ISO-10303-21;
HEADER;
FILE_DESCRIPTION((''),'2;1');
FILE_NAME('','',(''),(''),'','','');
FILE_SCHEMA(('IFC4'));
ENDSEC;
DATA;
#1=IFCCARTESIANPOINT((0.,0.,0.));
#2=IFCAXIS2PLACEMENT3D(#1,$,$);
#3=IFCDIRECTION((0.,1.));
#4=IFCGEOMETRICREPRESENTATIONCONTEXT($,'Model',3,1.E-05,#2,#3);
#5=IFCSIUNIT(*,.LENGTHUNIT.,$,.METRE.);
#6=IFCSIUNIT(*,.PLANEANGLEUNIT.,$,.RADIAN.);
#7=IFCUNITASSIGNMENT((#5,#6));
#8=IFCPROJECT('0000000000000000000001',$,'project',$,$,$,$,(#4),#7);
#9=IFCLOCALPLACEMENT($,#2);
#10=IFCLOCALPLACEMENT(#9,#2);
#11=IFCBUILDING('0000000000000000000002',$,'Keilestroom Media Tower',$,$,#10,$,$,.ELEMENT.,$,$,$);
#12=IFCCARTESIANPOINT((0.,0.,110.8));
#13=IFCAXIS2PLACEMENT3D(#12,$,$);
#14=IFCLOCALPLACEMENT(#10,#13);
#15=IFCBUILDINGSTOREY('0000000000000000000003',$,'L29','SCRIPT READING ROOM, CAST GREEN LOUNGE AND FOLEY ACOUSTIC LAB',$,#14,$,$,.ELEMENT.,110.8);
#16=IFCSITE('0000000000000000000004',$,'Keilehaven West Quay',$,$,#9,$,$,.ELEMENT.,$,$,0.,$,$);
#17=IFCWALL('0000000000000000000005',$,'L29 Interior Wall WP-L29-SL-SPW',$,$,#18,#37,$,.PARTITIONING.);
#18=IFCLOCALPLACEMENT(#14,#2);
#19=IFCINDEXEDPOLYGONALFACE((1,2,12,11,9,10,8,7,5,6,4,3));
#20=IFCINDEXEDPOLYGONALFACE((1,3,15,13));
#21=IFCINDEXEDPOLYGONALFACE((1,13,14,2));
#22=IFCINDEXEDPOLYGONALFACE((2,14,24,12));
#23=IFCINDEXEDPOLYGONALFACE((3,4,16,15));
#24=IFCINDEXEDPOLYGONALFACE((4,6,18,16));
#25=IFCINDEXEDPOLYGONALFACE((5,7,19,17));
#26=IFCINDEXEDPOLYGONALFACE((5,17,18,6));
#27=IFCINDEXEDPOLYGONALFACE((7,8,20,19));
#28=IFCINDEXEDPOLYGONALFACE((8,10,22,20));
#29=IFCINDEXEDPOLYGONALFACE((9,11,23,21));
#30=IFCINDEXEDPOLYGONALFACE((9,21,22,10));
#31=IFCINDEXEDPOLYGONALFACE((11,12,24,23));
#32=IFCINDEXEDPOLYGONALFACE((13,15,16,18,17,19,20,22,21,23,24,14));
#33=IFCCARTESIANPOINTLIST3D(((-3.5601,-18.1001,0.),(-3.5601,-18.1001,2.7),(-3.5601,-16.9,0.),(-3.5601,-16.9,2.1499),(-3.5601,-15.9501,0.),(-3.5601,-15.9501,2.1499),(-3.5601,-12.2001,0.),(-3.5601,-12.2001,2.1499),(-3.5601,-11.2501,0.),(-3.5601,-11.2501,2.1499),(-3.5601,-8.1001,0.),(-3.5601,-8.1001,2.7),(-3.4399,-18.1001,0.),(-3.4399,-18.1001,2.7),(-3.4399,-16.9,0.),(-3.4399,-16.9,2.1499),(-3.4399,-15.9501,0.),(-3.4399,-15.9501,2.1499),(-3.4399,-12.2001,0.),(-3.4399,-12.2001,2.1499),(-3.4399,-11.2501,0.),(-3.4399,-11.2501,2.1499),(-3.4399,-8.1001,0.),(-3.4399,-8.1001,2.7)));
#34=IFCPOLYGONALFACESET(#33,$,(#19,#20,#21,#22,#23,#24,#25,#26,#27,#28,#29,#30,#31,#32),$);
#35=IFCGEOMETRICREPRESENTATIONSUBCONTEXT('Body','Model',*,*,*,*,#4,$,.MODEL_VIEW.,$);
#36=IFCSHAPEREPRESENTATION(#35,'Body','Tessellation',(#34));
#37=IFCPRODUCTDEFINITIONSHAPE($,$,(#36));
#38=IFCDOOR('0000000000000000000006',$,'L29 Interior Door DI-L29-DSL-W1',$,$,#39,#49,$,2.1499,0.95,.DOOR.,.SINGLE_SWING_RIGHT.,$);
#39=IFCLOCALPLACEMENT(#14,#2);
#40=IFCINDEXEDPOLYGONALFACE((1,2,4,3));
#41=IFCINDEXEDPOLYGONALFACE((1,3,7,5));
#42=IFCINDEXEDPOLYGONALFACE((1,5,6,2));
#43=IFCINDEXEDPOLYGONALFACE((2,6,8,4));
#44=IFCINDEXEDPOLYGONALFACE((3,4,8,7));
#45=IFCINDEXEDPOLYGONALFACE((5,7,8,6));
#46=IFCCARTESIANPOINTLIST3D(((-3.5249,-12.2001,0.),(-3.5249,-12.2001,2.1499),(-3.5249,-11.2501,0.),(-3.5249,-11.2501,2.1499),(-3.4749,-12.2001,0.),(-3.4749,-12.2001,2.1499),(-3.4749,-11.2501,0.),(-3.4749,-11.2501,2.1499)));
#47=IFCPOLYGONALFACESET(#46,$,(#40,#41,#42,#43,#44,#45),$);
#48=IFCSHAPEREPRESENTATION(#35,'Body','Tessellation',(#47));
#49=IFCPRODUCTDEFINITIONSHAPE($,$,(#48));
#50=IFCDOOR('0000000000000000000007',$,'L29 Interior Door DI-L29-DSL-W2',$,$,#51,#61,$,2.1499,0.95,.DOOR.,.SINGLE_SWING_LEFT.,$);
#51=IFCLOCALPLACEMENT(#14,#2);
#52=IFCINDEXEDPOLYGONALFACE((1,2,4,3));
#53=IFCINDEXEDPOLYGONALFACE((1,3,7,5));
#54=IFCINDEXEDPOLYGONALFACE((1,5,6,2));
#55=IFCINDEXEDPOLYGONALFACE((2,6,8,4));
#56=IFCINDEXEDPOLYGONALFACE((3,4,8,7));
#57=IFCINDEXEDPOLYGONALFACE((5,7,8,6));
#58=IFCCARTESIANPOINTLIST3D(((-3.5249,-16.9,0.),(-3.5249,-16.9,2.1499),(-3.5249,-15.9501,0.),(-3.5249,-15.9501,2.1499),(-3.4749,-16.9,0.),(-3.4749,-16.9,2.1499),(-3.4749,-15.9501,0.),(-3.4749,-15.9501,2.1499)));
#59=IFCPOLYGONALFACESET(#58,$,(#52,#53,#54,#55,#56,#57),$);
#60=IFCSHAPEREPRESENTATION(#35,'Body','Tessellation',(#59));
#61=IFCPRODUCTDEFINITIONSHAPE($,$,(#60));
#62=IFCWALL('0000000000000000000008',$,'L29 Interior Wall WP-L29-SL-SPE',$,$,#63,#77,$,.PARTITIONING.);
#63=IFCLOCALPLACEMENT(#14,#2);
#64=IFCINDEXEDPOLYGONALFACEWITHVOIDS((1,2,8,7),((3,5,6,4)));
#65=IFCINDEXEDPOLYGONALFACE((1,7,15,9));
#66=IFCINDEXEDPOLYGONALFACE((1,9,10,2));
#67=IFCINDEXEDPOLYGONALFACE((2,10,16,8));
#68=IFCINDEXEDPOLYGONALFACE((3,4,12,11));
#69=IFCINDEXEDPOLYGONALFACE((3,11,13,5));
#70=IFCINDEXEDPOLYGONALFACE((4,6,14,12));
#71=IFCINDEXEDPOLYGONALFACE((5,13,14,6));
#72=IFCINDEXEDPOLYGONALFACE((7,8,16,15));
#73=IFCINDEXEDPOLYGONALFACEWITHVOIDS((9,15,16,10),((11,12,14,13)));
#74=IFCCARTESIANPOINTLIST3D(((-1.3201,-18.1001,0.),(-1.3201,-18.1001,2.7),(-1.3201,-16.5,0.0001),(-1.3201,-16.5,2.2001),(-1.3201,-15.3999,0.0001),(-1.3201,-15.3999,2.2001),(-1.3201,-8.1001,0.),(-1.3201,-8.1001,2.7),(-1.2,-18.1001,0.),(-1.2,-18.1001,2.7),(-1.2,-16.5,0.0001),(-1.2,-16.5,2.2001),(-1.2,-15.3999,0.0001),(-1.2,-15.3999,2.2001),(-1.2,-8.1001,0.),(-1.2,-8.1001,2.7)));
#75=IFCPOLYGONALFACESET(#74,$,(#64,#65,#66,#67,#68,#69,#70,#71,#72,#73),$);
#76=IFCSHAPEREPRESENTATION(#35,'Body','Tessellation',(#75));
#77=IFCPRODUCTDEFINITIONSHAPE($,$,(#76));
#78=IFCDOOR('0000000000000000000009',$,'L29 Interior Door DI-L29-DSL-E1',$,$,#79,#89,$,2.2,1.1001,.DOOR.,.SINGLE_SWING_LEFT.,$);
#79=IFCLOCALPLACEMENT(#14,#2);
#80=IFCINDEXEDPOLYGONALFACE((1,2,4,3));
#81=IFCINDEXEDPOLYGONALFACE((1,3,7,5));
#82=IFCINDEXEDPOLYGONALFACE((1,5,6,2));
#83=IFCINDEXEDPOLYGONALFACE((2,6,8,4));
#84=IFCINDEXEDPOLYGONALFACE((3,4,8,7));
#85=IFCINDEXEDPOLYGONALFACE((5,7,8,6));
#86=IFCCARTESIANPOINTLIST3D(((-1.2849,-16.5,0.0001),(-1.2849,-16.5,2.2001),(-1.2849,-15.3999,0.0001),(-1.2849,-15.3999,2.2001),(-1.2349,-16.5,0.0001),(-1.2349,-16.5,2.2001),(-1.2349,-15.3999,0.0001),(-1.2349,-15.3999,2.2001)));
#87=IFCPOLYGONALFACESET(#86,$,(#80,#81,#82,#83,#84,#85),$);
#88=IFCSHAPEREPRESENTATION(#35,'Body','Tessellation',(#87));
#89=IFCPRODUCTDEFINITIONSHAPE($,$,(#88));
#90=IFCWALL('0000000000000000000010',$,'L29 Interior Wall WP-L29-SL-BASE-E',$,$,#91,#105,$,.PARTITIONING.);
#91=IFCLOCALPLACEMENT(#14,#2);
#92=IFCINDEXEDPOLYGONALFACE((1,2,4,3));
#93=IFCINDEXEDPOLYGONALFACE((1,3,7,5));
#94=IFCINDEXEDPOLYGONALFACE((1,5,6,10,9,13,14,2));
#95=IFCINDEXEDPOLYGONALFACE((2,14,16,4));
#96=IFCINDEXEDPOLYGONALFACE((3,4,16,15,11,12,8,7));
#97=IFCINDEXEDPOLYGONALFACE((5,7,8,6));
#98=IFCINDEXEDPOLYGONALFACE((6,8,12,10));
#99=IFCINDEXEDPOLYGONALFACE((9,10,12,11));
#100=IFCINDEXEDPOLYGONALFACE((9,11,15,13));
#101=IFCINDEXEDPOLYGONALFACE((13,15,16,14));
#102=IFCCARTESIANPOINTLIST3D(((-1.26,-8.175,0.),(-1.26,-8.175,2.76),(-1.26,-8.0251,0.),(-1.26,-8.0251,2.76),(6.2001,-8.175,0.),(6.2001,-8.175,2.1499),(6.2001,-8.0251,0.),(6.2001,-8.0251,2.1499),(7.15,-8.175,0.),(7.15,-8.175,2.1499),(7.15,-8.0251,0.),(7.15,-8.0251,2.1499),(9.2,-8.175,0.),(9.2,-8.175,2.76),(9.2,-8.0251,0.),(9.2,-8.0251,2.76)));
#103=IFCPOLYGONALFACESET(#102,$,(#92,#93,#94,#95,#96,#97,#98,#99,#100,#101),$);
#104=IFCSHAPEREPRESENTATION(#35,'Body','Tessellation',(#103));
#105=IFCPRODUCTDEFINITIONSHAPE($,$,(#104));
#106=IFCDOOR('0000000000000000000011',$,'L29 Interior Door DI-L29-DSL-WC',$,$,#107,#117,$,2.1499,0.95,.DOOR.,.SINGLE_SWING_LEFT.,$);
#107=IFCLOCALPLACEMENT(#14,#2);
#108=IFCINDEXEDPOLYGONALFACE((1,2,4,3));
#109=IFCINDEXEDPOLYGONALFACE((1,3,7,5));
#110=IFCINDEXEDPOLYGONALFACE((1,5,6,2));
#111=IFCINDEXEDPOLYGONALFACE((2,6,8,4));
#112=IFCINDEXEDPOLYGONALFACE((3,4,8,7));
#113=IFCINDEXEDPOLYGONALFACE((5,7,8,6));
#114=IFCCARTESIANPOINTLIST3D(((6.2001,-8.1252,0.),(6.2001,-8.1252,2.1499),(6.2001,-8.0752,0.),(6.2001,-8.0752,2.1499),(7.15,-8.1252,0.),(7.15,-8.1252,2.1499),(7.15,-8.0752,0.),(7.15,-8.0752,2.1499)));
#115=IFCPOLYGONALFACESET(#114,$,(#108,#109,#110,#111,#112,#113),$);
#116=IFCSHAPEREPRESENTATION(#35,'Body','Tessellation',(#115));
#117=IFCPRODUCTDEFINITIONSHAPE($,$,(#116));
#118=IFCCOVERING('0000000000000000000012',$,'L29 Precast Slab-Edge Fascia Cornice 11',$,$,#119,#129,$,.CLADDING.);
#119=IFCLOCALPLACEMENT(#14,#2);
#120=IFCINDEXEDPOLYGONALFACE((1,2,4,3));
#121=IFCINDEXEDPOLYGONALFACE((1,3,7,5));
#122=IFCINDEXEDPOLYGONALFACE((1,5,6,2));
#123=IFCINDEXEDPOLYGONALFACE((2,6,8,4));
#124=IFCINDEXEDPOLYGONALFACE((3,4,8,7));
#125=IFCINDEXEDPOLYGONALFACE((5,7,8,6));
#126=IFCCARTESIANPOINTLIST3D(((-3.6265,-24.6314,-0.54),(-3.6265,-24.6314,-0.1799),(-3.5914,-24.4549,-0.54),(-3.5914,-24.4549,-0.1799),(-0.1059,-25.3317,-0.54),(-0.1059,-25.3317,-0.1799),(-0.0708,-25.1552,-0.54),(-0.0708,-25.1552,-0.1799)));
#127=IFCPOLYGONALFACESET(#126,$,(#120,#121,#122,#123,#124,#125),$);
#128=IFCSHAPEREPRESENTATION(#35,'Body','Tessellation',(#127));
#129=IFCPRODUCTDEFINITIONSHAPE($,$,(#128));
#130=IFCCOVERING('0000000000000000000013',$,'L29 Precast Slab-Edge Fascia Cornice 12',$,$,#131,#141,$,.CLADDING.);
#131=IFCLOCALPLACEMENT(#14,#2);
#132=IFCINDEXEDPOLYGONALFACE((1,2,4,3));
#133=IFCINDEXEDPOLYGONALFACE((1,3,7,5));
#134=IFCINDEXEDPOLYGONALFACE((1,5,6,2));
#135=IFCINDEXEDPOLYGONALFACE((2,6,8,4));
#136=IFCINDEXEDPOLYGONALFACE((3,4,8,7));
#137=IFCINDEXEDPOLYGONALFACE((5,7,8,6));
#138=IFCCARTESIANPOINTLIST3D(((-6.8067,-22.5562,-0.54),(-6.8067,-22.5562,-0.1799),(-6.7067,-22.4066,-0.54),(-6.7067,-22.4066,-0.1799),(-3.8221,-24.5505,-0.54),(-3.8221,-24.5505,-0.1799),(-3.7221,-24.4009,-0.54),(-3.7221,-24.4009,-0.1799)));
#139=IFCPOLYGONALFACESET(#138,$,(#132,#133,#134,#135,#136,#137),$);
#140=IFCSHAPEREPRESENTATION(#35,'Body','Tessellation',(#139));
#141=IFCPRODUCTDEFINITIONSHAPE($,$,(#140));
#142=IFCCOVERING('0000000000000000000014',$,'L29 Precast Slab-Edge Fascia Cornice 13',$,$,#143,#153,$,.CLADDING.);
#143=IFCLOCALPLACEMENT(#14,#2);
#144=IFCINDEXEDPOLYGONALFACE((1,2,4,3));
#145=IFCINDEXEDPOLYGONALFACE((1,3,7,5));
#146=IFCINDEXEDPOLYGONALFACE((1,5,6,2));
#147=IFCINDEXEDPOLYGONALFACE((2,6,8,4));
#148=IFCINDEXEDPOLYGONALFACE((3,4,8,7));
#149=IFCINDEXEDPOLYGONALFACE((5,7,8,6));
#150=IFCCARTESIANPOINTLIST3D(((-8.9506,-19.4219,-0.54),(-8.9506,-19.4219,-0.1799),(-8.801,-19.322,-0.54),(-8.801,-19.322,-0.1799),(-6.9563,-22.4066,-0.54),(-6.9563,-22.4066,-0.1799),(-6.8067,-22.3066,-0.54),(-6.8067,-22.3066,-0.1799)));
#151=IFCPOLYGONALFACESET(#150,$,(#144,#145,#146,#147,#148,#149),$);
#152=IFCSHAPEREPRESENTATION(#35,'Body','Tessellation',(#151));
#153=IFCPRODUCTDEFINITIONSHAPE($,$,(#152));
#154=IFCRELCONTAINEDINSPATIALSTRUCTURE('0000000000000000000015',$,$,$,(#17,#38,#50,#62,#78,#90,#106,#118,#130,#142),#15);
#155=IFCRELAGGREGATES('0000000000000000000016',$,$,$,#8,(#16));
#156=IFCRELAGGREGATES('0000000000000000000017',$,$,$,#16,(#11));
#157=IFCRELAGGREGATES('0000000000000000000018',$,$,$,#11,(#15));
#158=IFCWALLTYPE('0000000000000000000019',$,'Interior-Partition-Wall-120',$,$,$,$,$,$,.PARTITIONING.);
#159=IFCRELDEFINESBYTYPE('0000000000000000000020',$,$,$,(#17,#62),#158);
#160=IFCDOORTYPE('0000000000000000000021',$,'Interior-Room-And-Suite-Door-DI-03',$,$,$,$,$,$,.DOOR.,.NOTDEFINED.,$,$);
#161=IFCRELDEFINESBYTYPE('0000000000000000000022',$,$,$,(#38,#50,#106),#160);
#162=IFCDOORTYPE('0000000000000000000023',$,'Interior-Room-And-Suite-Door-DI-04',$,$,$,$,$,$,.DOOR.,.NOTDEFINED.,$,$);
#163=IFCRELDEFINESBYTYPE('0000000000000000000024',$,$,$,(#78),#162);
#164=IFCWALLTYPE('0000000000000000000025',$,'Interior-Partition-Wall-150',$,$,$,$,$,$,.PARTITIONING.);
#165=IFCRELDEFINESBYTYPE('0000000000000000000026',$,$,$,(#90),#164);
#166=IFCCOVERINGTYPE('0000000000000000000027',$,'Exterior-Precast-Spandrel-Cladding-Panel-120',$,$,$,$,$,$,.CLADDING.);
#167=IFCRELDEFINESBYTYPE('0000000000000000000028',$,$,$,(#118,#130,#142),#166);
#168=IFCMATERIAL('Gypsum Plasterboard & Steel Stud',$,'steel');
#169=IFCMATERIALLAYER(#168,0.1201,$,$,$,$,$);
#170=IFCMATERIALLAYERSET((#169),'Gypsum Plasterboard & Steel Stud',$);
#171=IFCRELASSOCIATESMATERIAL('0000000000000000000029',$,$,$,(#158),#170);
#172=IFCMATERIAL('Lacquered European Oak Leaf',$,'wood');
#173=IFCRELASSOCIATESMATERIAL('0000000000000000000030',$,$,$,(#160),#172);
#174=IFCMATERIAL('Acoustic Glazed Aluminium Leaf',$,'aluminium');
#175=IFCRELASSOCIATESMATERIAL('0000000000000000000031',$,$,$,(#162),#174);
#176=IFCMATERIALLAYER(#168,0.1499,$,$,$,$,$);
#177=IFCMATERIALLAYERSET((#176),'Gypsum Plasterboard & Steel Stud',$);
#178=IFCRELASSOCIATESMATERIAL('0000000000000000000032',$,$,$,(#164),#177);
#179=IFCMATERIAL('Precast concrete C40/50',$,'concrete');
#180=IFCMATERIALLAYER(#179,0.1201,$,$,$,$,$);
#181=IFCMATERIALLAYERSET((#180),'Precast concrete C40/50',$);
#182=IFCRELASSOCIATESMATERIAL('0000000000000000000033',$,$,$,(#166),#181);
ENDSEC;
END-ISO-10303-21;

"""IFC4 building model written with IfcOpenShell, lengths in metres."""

from ifc_helpers import new_model, si_unit, direction, frame, frame_2d, origin, origin_2d, place, context, subcontext, project, spatial, rectangle, extrude, source, transform, mapped, material, layer, layer_set, type_object, element, fill, save


model = new_model("IFC4")

# Units and contexts
model_context = context("Model", 3, precision=1e-05, world=origin(), true_north=direction((0.0, 1.0)))
body_context = subcontext(model_context, "Body", "Model", "MODEL_VIEW")
ifc_project = project(units=[si_unit("LENGTHUNIT", "METRE"), si_unit("PLANEANGLEUNIT", "RADIAN")], contexts=[model_context])

# Site, building, storey
site_placement = place(None, origin())
site = spatial("IfcSite", under=ifc_project, at=site_placement, Name="Keilehaven West Quay", CompositionType="ELEMENT", RefElevation=0.0)
building_placement = place(site_placement, origin())
building = spatial("IfcBuilding", under=site, at=building_placement, Name="Keilestroom Media Tower", CompositionType="ELEMENT")
storey_placement = place(building_placement, frame((0.0, 0.0, 110.8)))
storey = spatial("IfcBuildingStorey", under=building, at=storey_placement, Name="L29", Description="SCRIPT READING ROOM, CAST GREEN LOUNGE AND FOLEY ACOUSTIC LAB", CompositionType="ELEMENT", Elevation=110.8)

# Shared definitions
ifc_material_1 = material(Name="Precast concrete C40/50", Category="concrete")

# Wall, openings, doors
ifc_material_2 = material(Name="Gypsum Plasterboard & Steel Stud", Category="steel")
ifc_layer_1 = layer(ifc_material_2, 0.1201)
ifc_layer_set_1 = layer_set([ifc_layer_1], Name="Gypsum Plasterboard & Steel Stud")
wall_type_1 = type_object("IfcWallType", Name="Interior-Partition-Wall-120", PredefinedType="PARTITIONING", material=ifc_layer_set_1)
wall_1_placement = place(storey_placement, frame((-3.5, -18.1001, 0.0), z_axis=(0.0, 0.0, 1.0), x_axis=(0.0, 1.0, 0.0)))
wall_1 = element("IfcWall", 1, at=wall_1_placement, inside=storey, type_object=wall_type_1, Name="L29 Interior Wall WP-L29-SL-SPW", PredefinedType="PARTITIONING", context=body_context, shape_type="SweptSolid", body=[
    extrude(rectangle(XDim=10.0, YDim=0.1201, at=frame_2d((5.0, 0.0))), origin(), (0.0, 0.0, 1.0), 2.7),
])
opening_1_placement = place(wall_1_placement, frame((5.8999, 0.0, 0.0)))
opening_1 = element("IfcOpeningElement", 2, at=opening_1_placement, cuts=wall_1, PredefinedType="OPENING", context=body_context, shape_type="SweptSolid", body=[
    extrude(rectangle(XDim=0.95, YDim=2.1499, at=frame_2d((0.4751, 1.075))), frame((0.0, 0.0701, 0.0), z_axis=(0.0, -1.0, 0.0), x_axis=(1.0, 0.0, 0.0)), (0.0, 0.0, 1.0), 0.1401),
])
opening_2_placement = place(wall_1_placement, frame((1.2, 0.0, 0.0)))
opening_2 = element("IfcOpeningElement", 3, at=opening_2_placement, cuts=wall_1, PredefinedType="OPENING", context=body_context, shape_type="SweptSolid", body=[
    extrude(rectangle(XDim=0.95, YDim=2.1499, at=frame_2d((0.4751, 1.075))), frame((0.0, 0.0701, 0.0), z_axis=(0.0, -1.0, 0.0), x_axis=(1.0, 0.0, 0.0)), (0.0, 0.0, 1.0), 0.1401),
])
ifc_material_3 = material(Name="Lacquered European Oak Leaf", Category="wood")
door_type_1 = type_object("IfcDoorType", Name="Interior-Room-And-Suite-Door-DI-03", OperationType="NOTDEFINED", PredefinedType="DOOR", material=ifc_material_3)
shared_shape_1 = source(origin(), body_context, "Body", "SweptSolid", [
    extrude(rectangle(XDim=0.95, YDim=2.1499, at=frame_2d((0.4751, 1.075))), frame((0.0, 0.0249, 0.0), z_axis=(0.0, -1.0, 0.0), x_axis=(1.0, 0.0, 0.0)), (0.0, 0.0, 1.0), 0.05),
])
door_1_placement = place(opening_1_placement, origin())
door_1 = element("IfcDoor", 4, at=door_1_placement, inside=storey, type_object=door_type_1, Name="L29 Interior Door DI-L29-DSL-W1", OperationType="SINGLE_SWING_RIGHT", OverallHeight=2.1499, OverallWidth=0.95, PredefinedType="DOOR", context=body_context, shape_type="MappedRepresentation", body=[
    mapped(shared_shape_1, transform((0.0, 0.0, 0.0), x_axis=(1.0, 0.0, 0.0), y_axis=(0.0, 1.0, 0.0), z_axis=(0.0, 0.0, 1.0), scale=1.0)),
])
fill(opening_1, door_1)
door_2_placement = place(opening_2_placement, origin())
door_2 = element("IfcDoor", 5, at=door_2_placement, inside=storey, type_object=door_type_1, Name="L29 Interior Door DI-L29-DSL-W2", OperationType="SINGLE_SWING_LEFT", OverallHeight=2.1499, OverallWidth=0.95, PredefinedType="DOOR", context=body_context, shape_type="MappedRepresentation", body=[
    mapped(shared_shape_1, transform((0.0, 0.0, 0.0), x_axis=(1.0, 0.0, 0.0), y_axis=(0.0, 1.0, 0.0), z_axis=(0.0, 0.0, 1.0), scale=1.0)),
])
fill(opening_2, door_2)

# Walls, openings, doors
wall_2_placement = place(storey_placement, frame((-1.26, -18.1001, 0.0), z_axis=(0.0, 0.0, 1.0), x_axis=(0.0, 1.0, 0.0)))
wall_2 = element("IfcWall", 6, at=wall_2_placement, inside=storey, type_object=wall_type_1, Name="L29 Interior Wall WP-L29-SL-SPE", PredefinedType="PARTITIONING", context=body_context, shape_type="SweptSolid", body=[
    extrude(rectangle(XDim=10.0, YDim=0.1201, at=frame_2d((5.0, 0.0))), origin(), (0.0, 0.0, 1.0), 2.7),
])
opening_3_placement = place(wall_2_placement, frame((1.6001, 0.0, 0.0)))
opening_3 = element("IfcOpeningElement", 7, at=opening_3_placement, cuts=wall_2, PredefinedType="OPENING", context=body_context, shape_type="SweptSolid", body=[
    extrude(rectangle(XDim=1.1001, YDim=2.2, at=frame_2d((0.55, 1.1001))), frame((0.0, 0.0701, 0.0), z_axis=(0.0, -1.0, 0.0), x_axis=(1.0, 0.0, 0.0)), (0.0, 0.0, 1.0), 0.1401),
])
ifc_material_4 = material(Name="Acoustic Glazed Aluminium Leaf", Category="aluminium")
door_type_2 = type_object("IfcDoorType", Name="Interior-Room-And-Suite-Door-DI-04", OperationType="NOTDEFINED", PredefinedType="DOOR", material=ifc_material_4)
shared_shape_2 = source(origin(), body_context, "Body", "SweptSolid", [
    extrude(rectangle(XDim=1.1001, YDim=2.2, at=frame_2d((0.55, 1.1001))), frame((0.0, 0.0249, 0.0), z_axis=(0.0, -1.0, 0.0), x_axis=(1.0, 0.0, 0.0)), (0.0, 0.0, 1.0), 0.05),
])
door_3_placement = place(opening_3_placement, origin())
door_3 = element("IfcDoor", 8, at=door_3_placement, inside=storey, type_object=door_type_2, Name="L29 Interior Door DI-L29-DSL-E1", OperationType="SINGLE_SWING_LEFT", OverallHeight=2.2, OverallWidth=1.1001, PredefinedType="DOOR", context=body_context, shape_type="MappedRepresentation", body=[
    mapped(shared_shape_2, transform((0.0, 0.0, 0.0), x_axis=(1.0, 0.0, 0.0), y_axis=(0.0, 1.0, 0.0), z_axis=(0.0, 0.0, 1.0), scale=1.0)),
])
fill(opening_3, door_3)
ifc_layer_2 = layer(ifc_material_2, 0.1499)
ifc_layer_set_2 = layer_set([ifc_layer_2], Name="Gypsum Plasterboard & Steel Stud")
wall_type_2 = type_object("IfcWallType", Name="Interior-Partition-Wall-150", PredefinedType="PARTITIONING", material=ifc_layer_set_2)
wall_3_placement = place(storey_placement, frame((-1.26, -8.1001, 0.0), z_axis=(0.0, 0.0, 1.0), x_axis=(1.0, 0.0, 0.0)))
wall_3 = element("IfcWall", 9, at=wall_3_placement, inside=storey, type_object=wall_type_2, Name="L29 Interior Wall WP-L29-SL-BASE-E", PredefinedType="PARTITIONING", context=body_context, shape_type="SweptSolid", body=[
    extrude(rectangle(XDim=10.46, YDim=0.1499, at=frame_2d((5.23, 0.0))), origin(), (0.0, 0.0, 1.0), 2.76),
])
opening_4_placement = place(wall_3_placement, frame((7.46, 0.0, 0.0)))
opening_4 = element("IfcOpeningElement", 10, at=opening_4_placement, cuts=wall_3, PredefinedType="OPENING", context=body_context, shape_type="SweptSolid", body=[
    extrude(rectangle(XDim=0.95, YDim=2.1499, at=frame_2d((0.4751, 1.075))), frame((0.0, 0.085, 0.0), z_axis=(0.0, -1.0, 0.0), x_axis=(1.0, 0.0, 0.0)), (0.0, 0.0, 1.0), 0.1699),
])
door_4_placement = place(opening_4_placement, origin())
door_4 = element("IfcDoor", 11, at=door_4_placement, inside=storey, type_object=door_type_1, Name="L29 Interior Door DI-L29-DSL-WC", OperationType="SINGLE_SWING_LEFT", OverallHeight=2.1499, OverallWidth=0.95, PredefinedType="DOOR", context=body_context, shape_type="MappedRepresentation", body=[
    mapped(shared_shape_1, transform((0.0, 0.0, 0.0), x_axis=(1.0, 0.0, 0.0), y_axis=(0.0, 1.0, 0.0), z_axis=(0.0, 0.0, 1.0), scale=1.0)),
])
fill(opening_4, door_4)

# Coverings
ifc_layer_3 = layer(ifc_material_1, 0.1201)
ifc_layer_set_3 = layer_set([ifc_layer_3], Name="Precast concrete C40/50")
covering_type = type_object("IfcCoveringType", Name="Exterior-Precast-Spandrel-Cladding-Panel-120", PredefinedType="CLADDING", material=ifc_layer_set_3)
shared_shape_3 = source(origin(), body_context, "Body", "SweptSolid", [
    extrude(rectangle(XDim=3.5896, YDim=0.1799, at=origin_2d()), origin(), (0.0, 0.0, 1.0), 0.3601),
])
for number, where, z_axis, x_axis, name in (
    (12, (-1.8486, -24.8933, -0.54), (0.0, 0.0, 1.0), (-0.980784, 0.195099, 0.0), "L29 Precast Slab-Edge Fascia Cornice 11"),
    (13, (-5.2644, -23.4785, -0.54), (0.0, 0.0, 1.0), (-0.831467, 0.555575, 0.0), "L29 Precast Slab-Edge Fascia Cornice 12"),
    (14, (-7.8787, -20.8643, -0.54), (0.0, 0.0, 1.0), (-0.555575, 0.831467, 0.0), "L29 Precast Slab-Edge Fascia Cornice 13"),
):
    element("IfcCovering", number, at=place(storey_placement, frame(where, z_axis=z_axis, x_axis=x_axis)), inside=storey, type_object=covering_type, Name=name, PredefinedType="CLADDING", context=body_context, shape_type="MappedRepresentation", body=[
        mapped(shared_shape_3, transform((0.0, 0.0, 0.0), x_axis=(1.0, 0.0, 0.0), y_axis=(0.0, 1.0, 0.0), z_axis=(0.0, 0.0, 1.0), scale=1.0)),
    ])

save(model, "model.ifc")
